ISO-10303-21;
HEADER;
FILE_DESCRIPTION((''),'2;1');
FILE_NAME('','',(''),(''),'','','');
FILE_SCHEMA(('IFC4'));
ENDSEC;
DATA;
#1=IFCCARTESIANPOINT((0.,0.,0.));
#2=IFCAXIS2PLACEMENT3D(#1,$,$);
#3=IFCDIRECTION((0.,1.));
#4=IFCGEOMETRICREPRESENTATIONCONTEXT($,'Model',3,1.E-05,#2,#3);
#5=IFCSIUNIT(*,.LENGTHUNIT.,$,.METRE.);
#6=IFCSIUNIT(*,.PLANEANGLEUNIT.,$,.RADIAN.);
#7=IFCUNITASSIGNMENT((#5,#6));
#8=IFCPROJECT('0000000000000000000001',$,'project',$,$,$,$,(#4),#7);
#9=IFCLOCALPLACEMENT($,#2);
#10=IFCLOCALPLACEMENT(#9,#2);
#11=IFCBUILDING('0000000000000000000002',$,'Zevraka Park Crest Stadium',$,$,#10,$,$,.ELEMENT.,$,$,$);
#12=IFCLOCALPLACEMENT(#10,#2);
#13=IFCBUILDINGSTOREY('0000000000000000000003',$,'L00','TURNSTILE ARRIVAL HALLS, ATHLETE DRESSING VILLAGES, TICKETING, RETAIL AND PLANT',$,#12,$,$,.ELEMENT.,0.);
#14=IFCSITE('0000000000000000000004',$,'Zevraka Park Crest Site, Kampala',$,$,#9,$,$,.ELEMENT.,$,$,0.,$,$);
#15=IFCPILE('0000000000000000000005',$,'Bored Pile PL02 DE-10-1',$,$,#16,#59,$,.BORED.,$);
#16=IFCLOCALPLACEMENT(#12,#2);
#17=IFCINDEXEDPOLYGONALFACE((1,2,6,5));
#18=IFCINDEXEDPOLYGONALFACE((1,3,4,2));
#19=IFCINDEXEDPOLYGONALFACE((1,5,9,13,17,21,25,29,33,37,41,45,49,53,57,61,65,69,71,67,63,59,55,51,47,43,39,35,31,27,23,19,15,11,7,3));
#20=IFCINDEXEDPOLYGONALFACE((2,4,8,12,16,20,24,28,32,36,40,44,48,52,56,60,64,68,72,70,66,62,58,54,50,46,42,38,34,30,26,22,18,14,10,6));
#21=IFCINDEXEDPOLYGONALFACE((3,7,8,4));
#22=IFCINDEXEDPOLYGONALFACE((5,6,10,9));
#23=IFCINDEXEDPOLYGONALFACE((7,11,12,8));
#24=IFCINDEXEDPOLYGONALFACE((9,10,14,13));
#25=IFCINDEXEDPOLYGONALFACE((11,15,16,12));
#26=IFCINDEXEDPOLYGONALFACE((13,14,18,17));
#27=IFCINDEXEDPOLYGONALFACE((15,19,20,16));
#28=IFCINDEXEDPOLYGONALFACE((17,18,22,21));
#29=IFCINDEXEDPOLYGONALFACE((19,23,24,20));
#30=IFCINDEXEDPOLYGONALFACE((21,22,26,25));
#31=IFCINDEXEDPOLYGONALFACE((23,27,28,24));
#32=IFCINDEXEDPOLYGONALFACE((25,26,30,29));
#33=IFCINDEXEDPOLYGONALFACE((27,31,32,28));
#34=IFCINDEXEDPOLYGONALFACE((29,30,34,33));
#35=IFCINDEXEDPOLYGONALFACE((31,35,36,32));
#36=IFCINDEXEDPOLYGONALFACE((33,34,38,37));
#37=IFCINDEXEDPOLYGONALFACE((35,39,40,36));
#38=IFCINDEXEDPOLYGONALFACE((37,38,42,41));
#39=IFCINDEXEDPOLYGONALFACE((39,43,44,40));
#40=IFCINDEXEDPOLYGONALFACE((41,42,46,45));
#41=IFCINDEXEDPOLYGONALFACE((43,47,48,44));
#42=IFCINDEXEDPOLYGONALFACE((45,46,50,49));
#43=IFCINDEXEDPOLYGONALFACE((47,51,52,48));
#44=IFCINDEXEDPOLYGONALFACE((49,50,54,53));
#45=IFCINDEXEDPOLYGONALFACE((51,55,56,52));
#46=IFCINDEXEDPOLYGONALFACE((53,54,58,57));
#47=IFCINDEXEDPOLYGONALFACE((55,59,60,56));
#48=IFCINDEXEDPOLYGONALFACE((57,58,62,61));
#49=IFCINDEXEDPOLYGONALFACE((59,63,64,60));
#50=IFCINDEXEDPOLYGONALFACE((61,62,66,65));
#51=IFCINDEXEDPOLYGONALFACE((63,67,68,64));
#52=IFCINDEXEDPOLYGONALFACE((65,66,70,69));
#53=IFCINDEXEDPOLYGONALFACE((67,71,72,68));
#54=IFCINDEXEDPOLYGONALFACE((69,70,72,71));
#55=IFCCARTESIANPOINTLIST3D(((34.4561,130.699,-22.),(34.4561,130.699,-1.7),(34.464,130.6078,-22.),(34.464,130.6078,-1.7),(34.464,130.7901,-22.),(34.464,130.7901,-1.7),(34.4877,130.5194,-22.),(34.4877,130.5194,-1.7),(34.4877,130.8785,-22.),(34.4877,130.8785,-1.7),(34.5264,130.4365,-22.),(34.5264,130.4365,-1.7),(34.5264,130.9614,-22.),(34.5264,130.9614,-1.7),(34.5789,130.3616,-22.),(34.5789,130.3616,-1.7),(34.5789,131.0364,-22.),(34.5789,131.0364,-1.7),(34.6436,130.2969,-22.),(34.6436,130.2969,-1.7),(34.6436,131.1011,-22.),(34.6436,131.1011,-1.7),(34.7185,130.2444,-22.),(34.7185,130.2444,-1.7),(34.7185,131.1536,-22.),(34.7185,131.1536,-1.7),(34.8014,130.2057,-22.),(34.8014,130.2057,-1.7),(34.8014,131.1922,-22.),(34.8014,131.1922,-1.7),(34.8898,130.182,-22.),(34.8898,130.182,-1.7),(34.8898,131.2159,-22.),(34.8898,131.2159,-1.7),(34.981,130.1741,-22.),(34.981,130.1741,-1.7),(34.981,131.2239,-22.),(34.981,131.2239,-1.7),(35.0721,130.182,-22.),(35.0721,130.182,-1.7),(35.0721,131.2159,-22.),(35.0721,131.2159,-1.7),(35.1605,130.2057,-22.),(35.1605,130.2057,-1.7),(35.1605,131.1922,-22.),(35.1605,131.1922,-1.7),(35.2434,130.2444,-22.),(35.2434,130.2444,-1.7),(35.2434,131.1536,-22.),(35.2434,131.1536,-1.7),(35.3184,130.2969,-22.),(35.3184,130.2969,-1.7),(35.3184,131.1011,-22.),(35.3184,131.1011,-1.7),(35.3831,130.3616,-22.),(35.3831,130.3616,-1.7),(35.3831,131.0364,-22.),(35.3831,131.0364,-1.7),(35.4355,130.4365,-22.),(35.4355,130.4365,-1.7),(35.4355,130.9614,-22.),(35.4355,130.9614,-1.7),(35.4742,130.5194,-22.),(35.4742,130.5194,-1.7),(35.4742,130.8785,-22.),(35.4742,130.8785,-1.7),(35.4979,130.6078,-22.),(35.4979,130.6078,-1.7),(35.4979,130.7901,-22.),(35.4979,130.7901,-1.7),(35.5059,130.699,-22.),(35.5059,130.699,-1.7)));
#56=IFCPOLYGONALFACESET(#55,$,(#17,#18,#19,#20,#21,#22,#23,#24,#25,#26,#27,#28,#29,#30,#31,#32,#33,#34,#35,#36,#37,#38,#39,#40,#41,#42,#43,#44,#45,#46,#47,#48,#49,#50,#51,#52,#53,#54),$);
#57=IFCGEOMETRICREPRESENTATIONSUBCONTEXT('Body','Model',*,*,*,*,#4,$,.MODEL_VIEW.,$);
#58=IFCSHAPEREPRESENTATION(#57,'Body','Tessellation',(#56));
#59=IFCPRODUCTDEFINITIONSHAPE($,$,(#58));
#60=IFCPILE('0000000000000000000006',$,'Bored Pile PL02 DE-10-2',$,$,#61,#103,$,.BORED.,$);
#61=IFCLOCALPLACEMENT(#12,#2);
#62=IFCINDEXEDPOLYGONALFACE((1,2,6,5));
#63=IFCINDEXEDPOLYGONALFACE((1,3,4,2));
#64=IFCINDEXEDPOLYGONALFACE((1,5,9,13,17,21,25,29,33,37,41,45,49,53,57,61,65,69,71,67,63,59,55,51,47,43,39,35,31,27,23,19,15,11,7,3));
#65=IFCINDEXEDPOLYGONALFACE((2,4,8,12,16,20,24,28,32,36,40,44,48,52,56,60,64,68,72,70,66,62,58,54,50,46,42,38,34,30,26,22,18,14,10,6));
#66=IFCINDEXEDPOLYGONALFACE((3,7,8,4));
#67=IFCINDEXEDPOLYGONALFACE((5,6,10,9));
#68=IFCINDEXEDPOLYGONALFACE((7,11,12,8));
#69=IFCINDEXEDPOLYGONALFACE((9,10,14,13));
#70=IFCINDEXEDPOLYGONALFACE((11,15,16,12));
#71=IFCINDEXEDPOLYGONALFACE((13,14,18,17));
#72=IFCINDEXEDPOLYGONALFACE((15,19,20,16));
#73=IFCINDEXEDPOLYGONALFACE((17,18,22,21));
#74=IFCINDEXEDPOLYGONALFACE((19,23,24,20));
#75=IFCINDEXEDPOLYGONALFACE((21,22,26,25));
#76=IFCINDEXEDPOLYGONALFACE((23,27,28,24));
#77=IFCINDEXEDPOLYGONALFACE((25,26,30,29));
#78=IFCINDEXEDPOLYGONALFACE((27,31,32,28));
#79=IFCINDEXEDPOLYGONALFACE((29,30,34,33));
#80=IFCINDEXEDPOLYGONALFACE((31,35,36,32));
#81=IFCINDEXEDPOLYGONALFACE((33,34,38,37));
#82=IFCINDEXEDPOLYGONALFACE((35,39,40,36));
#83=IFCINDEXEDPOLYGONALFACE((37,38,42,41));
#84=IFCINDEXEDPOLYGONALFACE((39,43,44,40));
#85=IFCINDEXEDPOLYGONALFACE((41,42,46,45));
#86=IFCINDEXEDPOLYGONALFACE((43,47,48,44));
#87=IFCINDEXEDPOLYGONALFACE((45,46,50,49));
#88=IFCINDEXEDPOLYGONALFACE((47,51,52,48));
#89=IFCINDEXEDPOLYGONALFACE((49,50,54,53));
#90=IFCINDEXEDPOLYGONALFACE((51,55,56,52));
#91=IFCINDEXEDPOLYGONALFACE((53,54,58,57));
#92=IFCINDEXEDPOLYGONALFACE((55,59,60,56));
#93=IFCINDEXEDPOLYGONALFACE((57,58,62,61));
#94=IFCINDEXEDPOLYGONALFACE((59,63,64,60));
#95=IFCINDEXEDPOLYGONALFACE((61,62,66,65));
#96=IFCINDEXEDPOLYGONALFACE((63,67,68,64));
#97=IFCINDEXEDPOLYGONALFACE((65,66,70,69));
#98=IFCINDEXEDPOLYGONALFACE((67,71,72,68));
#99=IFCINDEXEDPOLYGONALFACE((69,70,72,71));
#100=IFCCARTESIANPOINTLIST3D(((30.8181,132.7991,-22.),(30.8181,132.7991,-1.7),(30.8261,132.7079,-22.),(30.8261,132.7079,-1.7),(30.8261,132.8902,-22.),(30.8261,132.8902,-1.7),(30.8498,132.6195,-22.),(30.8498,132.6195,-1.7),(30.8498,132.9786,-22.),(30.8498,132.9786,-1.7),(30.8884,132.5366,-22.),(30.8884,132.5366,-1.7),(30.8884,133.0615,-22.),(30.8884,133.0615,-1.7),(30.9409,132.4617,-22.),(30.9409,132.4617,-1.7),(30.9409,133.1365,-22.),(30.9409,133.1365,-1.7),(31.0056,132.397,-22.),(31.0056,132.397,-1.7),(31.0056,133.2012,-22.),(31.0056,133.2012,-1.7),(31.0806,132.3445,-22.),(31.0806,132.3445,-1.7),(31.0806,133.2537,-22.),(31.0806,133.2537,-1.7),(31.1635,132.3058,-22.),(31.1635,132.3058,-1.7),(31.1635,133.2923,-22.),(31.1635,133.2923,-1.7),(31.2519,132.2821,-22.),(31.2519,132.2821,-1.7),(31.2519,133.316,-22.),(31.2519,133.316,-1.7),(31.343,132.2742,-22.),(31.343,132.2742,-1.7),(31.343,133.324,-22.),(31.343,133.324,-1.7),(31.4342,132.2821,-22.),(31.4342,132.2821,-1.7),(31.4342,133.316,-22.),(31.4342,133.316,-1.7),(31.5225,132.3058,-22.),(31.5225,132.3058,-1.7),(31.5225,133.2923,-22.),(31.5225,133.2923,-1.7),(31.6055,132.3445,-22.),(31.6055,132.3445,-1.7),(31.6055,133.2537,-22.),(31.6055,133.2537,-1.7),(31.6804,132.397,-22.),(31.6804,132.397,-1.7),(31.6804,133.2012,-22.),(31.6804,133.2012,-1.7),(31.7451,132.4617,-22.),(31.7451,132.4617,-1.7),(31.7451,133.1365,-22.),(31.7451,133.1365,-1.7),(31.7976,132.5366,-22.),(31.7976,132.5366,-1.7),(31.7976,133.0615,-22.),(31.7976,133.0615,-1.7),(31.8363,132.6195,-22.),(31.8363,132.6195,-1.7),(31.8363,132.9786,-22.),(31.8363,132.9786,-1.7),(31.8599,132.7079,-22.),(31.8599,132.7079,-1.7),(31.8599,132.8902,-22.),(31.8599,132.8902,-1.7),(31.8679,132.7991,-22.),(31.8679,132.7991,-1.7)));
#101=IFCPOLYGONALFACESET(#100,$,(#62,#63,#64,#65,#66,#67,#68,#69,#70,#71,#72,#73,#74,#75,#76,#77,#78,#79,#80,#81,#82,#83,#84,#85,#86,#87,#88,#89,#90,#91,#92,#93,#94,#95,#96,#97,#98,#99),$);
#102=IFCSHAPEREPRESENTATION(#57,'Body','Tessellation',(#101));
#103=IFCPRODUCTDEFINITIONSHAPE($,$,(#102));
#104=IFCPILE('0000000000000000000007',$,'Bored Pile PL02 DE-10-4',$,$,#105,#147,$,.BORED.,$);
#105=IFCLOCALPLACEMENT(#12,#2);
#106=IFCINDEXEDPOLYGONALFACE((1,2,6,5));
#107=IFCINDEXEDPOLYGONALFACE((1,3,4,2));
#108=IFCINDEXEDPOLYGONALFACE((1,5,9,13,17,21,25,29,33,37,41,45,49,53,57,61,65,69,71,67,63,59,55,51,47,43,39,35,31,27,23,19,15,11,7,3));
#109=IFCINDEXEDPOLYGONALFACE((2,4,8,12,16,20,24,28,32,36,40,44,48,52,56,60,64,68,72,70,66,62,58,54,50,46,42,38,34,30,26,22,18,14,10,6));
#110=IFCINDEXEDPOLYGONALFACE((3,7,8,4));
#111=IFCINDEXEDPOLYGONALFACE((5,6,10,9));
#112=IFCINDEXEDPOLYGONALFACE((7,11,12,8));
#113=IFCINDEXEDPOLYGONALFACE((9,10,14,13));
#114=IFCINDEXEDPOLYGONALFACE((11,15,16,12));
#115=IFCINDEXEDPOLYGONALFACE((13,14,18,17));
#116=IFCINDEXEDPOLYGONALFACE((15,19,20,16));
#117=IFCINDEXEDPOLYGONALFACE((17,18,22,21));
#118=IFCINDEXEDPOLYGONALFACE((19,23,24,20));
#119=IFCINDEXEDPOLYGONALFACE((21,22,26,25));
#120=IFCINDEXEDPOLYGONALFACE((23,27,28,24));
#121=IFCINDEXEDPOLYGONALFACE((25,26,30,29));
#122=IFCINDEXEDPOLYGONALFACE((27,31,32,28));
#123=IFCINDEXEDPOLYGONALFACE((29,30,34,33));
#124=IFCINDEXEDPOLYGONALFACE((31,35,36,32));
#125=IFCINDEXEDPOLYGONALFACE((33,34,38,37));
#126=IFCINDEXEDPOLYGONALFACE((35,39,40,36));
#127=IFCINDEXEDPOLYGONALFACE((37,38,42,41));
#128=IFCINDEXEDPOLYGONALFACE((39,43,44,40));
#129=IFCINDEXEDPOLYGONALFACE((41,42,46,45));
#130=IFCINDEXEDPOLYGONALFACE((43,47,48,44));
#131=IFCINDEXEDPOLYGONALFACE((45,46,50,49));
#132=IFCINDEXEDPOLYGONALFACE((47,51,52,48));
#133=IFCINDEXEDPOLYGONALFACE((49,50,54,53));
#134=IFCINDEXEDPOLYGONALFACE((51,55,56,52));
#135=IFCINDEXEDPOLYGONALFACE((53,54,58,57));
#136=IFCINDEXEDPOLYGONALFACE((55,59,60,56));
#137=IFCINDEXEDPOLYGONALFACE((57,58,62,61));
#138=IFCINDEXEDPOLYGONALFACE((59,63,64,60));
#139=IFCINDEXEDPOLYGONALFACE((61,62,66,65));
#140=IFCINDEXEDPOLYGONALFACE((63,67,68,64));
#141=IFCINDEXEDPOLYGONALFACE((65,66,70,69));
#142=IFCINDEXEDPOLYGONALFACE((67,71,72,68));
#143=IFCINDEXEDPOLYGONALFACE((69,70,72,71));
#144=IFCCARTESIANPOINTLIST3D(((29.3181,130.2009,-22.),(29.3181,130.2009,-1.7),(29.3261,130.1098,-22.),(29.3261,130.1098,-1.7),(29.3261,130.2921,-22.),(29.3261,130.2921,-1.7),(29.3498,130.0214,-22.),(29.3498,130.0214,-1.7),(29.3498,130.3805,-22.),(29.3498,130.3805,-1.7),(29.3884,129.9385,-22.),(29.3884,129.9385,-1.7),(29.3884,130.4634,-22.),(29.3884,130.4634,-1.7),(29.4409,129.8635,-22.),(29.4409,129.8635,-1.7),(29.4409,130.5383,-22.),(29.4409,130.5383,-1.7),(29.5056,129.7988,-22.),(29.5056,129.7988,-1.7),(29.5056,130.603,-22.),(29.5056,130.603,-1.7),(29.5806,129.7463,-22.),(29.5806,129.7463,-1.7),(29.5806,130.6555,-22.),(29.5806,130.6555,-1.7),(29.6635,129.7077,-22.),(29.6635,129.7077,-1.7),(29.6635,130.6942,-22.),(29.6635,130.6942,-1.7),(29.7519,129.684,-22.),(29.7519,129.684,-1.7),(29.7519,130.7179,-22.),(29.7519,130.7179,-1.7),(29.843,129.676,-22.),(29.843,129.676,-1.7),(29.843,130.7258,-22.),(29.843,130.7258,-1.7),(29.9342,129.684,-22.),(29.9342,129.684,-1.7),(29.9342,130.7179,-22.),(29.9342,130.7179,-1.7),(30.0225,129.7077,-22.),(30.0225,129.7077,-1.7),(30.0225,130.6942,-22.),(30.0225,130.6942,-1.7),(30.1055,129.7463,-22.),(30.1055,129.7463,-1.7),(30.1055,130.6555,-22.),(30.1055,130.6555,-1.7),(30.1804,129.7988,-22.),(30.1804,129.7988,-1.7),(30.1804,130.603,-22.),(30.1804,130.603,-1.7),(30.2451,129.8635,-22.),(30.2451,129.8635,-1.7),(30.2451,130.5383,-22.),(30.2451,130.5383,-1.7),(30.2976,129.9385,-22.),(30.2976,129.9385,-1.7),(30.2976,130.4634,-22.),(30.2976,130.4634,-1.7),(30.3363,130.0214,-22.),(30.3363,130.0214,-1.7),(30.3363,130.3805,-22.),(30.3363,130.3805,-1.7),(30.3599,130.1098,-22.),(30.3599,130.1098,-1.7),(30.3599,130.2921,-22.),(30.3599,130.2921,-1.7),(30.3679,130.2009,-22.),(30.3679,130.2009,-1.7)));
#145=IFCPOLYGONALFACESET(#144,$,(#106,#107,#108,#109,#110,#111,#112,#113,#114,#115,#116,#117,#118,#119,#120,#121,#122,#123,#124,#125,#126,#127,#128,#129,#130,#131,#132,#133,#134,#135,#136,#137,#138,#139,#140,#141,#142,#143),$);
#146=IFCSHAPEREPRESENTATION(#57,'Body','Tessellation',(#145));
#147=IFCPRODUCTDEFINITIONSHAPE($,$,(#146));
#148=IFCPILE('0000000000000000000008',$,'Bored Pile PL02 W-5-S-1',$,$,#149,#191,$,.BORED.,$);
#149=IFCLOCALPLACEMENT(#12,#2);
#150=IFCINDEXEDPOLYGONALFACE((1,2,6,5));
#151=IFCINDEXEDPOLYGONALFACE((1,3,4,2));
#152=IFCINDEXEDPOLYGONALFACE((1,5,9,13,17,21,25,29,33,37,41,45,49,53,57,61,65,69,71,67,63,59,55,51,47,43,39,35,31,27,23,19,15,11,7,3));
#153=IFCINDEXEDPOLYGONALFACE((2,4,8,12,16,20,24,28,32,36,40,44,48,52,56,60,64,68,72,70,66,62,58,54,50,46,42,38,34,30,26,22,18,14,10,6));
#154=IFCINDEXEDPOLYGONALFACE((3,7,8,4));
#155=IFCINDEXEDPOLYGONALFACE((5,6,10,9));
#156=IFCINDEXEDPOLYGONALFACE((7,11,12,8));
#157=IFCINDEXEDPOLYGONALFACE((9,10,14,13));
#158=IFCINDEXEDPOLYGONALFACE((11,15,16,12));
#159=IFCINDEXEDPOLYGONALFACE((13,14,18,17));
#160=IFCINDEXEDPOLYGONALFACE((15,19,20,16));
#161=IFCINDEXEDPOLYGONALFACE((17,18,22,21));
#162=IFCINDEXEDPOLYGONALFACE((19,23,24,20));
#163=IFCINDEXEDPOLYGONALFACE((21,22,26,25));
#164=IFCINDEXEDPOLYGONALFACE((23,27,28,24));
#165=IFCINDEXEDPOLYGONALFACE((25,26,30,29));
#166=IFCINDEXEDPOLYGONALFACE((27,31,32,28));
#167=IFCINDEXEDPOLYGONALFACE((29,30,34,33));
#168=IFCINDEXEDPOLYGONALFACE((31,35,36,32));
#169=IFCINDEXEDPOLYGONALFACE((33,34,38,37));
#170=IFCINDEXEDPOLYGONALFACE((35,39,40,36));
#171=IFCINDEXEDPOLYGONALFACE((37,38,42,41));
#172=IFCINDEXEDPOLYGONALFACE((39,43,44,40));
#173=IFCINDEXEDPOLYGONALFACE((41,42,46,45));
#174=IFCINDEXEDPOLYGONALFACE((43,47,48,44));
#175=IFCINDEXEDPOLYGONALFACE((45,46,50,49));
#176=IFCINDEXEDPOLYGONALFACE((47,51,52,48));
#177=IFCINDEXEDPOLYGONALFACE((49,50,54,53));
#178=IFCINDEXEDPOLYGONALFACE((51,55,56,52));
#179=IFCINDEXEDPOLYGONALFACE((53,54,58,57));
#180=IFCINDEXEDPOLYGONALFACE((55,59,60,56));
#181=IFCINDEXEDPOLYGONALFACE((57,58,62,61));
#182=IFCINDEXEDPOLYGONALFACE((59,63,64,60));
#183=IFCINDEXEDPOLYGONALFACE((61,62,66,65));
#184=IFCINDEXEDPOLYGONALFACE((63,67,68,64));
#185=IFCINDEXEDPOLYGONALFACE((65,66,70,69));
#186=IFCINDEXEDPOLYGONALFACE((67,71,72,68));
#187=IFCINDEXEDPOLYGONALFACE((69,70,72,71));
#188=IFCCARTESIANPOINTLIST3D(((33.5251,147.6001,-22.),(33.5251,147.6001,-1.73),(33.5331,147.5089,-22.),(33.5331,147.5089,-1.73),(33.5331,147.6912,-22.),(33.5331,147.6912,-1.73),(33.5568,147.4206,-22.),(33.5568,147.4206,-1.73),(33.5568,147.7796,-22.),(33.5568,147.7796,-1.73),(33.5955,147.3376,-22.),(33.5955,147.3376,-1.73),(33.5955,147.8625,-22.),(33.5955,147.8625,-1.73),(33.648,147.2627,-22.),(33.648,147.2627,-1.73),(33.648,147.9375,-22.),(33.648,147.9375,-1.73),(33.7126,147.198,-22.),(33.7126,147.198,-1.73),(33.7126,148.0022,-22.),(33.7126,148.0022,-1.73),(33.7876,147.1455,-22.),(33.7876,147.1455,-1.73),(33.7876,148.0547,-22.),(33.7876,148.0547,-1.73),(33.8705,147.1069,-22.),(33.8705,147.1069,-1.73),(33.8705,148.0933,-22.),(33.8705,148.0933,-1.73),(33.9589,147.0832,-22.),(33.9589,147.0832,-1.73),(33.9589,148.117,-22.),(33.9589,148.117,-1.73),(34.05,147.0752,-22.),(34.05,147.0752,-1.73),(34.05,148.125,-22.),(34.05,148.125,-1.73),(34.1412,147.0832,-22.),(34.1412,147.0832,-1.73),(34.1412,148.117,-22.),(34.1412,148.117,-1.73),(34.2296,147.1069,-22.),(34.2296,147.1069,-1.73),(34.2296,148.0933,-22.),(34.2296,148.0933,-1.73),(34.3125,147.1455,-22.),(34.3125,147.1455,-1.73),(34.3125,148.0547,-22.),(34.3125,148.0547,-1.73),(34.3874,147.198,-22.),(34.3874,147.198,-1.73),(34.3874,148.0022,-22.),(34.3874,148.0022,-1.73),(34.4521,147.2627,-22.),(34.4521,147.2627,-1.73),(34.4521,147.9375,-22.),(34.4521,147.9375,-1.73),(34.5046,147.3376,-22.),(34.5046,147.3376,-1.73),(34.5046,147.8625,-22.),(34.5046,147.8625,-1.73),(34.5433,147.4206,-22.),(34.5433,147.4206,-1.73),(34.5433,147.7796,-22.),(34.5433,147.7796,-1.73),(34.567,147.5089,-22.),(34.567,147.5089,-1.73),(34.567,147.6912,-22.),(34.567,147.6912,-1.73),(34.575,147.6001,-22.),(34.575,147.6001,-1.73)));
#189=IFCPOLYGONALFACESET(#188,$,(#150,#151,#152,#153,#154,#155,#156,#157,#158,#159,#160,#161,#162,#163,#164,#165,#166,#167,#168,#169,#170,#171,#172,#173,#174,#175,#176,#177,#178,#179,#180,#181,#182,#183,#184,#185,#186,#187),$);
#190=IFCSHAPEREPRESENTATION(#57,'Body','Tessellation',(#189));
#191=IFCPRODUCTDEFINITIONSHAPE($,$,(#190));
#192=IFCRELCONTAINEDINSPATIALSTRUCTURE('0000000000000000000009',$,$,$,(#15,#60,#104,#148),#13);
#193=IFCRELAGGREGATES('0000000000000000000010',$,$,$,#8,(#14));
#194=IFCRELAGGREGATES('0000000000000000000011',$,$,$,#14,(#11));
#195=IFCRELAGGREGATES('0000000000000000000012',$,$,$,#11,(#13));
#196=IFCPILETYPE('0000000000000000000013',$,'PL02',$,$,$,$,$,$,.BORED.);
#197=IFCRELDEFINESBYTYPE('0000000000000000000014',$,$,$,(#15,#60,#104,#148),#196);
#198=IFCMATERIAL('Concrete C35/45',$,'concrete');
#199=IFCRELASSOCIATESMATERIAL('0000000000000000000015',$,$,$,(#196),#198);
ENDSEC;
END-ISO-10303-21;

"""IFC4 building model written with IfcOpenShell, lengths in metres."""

from ifc_helpers import new_model, si_unit, direction, frame, origin, origin_2d, place, context, subcontext, project, spatial, circle, extrude, material, material_profile, profile_set, type_object, element, save


model = new_model("IFC4")

# Units and contexts
model_context = context("Model", 3, precision=1e-05, world=origin(), true_north=direction((0.0, 1.0)))
body_context = subcontext(model_context, "Body", "Model", "MODEL_VIEW")
ifc_project = project(units=[si_unit("LENGTHUNIT", "METRE"), si_unit("PLANEANGLEUNIT", "RADIAN")], contexts=[model_context])

# Site, building, storey
site_placement = place(None, origin())
site = spatial("IfcSite", under=ifc_project, at=site_placement, Name="Zevraka Park Crest Site, Kampala", CompositionType="ELEMENT", RefElevation=0.0)
building_placement = place(site_placement, origin())
building = spatial("IfcBuilding", under=site, at=building_placement, Name="Zevraka Park Crest Stadium", CompositionType="ELEMENT")
storey_placement = place(building_placement, origin())
storey = spatial("IfcBuildingStorey", under=building, at=storey_placement, Name="L00", Description="TURNSTILE ARRIVAL HALLS, ATHLETE DRESSING VILLAGES, TICKETING, RETAIL AND PLANT", CompositionType="ELEMENT", Elevation=0.0)

# Piles
ifc_material_1 = material(Name="Concrete C35/45", Category="concrete")
ifc_material_profile_1 = material_profile(ifc_material_1, circle(Radius=0.5249, at=origin_2d()), Name="PILE D1050")
ifc_profile_set_1 = profile_set([ifc_material_profile_1], Name="Concrete C35/45")
pile_type_1 = type_object("IfcPileType", Name="PL02", PredefinedType="BORED", material=ifc_profile_set_1)
for number, where, z_axis, x_axis, name in (
    (1, (34.981, 130.699, -1.7), (0.0, 0.0, -1.0), (1.0, 0.0, 0.0), "Bored Pile PL02 DE-10-1"),
    (2, (31.343, 132.7991, -1.7), (0.0, 0.0, -1.0), (1.0, 0.0, 0.0), "Bored Pile PL02 DE-10-2"),
    (3, (29.843, 130.2009, -1.7), (0.0, 0.0, -1.0), (1.0, 0.0, 0.0), "Bored Pile PL02 DE-10-4"),
):
    element("IfcPile", number, at=place(storey_placement, frame(where, z_axis=z_axis, x_axis=x_axis)), inside=storey, type_object=pile_type_1, Name=name, PredefinedType="BORED", context=body_context, shape_type="SweptSolid", body=[
        extrude(circle(Radius=0.5249, at=origin_2d()), origin(), (0.0, 0.0, 1.0), 20.3),
    ])
for number, where, z_axis, x_axis, name in (
    (4, (34.05, 147.6001, -1.73), (0.0, 0.0, -1.0), (1.0, 0.0, 0.0), "Bored Pile PL02 W-5-S-1"),
):
    element("IfcPile", number, at=place(storey_placement, frame(where, z_axis=z_axis, x_axis=x_axis)), inside=storey, type_object=pile_type_1, Name=name, PredefinedType="BORED", context=body_context, shape_type="SweptSolid", body=[
        extrude(circle(Radius=0.5249, at=origin_2d()), origin(), (0.0, 0.0, 1.0), 20.27),
    ])

save(model, "model.ifc")
